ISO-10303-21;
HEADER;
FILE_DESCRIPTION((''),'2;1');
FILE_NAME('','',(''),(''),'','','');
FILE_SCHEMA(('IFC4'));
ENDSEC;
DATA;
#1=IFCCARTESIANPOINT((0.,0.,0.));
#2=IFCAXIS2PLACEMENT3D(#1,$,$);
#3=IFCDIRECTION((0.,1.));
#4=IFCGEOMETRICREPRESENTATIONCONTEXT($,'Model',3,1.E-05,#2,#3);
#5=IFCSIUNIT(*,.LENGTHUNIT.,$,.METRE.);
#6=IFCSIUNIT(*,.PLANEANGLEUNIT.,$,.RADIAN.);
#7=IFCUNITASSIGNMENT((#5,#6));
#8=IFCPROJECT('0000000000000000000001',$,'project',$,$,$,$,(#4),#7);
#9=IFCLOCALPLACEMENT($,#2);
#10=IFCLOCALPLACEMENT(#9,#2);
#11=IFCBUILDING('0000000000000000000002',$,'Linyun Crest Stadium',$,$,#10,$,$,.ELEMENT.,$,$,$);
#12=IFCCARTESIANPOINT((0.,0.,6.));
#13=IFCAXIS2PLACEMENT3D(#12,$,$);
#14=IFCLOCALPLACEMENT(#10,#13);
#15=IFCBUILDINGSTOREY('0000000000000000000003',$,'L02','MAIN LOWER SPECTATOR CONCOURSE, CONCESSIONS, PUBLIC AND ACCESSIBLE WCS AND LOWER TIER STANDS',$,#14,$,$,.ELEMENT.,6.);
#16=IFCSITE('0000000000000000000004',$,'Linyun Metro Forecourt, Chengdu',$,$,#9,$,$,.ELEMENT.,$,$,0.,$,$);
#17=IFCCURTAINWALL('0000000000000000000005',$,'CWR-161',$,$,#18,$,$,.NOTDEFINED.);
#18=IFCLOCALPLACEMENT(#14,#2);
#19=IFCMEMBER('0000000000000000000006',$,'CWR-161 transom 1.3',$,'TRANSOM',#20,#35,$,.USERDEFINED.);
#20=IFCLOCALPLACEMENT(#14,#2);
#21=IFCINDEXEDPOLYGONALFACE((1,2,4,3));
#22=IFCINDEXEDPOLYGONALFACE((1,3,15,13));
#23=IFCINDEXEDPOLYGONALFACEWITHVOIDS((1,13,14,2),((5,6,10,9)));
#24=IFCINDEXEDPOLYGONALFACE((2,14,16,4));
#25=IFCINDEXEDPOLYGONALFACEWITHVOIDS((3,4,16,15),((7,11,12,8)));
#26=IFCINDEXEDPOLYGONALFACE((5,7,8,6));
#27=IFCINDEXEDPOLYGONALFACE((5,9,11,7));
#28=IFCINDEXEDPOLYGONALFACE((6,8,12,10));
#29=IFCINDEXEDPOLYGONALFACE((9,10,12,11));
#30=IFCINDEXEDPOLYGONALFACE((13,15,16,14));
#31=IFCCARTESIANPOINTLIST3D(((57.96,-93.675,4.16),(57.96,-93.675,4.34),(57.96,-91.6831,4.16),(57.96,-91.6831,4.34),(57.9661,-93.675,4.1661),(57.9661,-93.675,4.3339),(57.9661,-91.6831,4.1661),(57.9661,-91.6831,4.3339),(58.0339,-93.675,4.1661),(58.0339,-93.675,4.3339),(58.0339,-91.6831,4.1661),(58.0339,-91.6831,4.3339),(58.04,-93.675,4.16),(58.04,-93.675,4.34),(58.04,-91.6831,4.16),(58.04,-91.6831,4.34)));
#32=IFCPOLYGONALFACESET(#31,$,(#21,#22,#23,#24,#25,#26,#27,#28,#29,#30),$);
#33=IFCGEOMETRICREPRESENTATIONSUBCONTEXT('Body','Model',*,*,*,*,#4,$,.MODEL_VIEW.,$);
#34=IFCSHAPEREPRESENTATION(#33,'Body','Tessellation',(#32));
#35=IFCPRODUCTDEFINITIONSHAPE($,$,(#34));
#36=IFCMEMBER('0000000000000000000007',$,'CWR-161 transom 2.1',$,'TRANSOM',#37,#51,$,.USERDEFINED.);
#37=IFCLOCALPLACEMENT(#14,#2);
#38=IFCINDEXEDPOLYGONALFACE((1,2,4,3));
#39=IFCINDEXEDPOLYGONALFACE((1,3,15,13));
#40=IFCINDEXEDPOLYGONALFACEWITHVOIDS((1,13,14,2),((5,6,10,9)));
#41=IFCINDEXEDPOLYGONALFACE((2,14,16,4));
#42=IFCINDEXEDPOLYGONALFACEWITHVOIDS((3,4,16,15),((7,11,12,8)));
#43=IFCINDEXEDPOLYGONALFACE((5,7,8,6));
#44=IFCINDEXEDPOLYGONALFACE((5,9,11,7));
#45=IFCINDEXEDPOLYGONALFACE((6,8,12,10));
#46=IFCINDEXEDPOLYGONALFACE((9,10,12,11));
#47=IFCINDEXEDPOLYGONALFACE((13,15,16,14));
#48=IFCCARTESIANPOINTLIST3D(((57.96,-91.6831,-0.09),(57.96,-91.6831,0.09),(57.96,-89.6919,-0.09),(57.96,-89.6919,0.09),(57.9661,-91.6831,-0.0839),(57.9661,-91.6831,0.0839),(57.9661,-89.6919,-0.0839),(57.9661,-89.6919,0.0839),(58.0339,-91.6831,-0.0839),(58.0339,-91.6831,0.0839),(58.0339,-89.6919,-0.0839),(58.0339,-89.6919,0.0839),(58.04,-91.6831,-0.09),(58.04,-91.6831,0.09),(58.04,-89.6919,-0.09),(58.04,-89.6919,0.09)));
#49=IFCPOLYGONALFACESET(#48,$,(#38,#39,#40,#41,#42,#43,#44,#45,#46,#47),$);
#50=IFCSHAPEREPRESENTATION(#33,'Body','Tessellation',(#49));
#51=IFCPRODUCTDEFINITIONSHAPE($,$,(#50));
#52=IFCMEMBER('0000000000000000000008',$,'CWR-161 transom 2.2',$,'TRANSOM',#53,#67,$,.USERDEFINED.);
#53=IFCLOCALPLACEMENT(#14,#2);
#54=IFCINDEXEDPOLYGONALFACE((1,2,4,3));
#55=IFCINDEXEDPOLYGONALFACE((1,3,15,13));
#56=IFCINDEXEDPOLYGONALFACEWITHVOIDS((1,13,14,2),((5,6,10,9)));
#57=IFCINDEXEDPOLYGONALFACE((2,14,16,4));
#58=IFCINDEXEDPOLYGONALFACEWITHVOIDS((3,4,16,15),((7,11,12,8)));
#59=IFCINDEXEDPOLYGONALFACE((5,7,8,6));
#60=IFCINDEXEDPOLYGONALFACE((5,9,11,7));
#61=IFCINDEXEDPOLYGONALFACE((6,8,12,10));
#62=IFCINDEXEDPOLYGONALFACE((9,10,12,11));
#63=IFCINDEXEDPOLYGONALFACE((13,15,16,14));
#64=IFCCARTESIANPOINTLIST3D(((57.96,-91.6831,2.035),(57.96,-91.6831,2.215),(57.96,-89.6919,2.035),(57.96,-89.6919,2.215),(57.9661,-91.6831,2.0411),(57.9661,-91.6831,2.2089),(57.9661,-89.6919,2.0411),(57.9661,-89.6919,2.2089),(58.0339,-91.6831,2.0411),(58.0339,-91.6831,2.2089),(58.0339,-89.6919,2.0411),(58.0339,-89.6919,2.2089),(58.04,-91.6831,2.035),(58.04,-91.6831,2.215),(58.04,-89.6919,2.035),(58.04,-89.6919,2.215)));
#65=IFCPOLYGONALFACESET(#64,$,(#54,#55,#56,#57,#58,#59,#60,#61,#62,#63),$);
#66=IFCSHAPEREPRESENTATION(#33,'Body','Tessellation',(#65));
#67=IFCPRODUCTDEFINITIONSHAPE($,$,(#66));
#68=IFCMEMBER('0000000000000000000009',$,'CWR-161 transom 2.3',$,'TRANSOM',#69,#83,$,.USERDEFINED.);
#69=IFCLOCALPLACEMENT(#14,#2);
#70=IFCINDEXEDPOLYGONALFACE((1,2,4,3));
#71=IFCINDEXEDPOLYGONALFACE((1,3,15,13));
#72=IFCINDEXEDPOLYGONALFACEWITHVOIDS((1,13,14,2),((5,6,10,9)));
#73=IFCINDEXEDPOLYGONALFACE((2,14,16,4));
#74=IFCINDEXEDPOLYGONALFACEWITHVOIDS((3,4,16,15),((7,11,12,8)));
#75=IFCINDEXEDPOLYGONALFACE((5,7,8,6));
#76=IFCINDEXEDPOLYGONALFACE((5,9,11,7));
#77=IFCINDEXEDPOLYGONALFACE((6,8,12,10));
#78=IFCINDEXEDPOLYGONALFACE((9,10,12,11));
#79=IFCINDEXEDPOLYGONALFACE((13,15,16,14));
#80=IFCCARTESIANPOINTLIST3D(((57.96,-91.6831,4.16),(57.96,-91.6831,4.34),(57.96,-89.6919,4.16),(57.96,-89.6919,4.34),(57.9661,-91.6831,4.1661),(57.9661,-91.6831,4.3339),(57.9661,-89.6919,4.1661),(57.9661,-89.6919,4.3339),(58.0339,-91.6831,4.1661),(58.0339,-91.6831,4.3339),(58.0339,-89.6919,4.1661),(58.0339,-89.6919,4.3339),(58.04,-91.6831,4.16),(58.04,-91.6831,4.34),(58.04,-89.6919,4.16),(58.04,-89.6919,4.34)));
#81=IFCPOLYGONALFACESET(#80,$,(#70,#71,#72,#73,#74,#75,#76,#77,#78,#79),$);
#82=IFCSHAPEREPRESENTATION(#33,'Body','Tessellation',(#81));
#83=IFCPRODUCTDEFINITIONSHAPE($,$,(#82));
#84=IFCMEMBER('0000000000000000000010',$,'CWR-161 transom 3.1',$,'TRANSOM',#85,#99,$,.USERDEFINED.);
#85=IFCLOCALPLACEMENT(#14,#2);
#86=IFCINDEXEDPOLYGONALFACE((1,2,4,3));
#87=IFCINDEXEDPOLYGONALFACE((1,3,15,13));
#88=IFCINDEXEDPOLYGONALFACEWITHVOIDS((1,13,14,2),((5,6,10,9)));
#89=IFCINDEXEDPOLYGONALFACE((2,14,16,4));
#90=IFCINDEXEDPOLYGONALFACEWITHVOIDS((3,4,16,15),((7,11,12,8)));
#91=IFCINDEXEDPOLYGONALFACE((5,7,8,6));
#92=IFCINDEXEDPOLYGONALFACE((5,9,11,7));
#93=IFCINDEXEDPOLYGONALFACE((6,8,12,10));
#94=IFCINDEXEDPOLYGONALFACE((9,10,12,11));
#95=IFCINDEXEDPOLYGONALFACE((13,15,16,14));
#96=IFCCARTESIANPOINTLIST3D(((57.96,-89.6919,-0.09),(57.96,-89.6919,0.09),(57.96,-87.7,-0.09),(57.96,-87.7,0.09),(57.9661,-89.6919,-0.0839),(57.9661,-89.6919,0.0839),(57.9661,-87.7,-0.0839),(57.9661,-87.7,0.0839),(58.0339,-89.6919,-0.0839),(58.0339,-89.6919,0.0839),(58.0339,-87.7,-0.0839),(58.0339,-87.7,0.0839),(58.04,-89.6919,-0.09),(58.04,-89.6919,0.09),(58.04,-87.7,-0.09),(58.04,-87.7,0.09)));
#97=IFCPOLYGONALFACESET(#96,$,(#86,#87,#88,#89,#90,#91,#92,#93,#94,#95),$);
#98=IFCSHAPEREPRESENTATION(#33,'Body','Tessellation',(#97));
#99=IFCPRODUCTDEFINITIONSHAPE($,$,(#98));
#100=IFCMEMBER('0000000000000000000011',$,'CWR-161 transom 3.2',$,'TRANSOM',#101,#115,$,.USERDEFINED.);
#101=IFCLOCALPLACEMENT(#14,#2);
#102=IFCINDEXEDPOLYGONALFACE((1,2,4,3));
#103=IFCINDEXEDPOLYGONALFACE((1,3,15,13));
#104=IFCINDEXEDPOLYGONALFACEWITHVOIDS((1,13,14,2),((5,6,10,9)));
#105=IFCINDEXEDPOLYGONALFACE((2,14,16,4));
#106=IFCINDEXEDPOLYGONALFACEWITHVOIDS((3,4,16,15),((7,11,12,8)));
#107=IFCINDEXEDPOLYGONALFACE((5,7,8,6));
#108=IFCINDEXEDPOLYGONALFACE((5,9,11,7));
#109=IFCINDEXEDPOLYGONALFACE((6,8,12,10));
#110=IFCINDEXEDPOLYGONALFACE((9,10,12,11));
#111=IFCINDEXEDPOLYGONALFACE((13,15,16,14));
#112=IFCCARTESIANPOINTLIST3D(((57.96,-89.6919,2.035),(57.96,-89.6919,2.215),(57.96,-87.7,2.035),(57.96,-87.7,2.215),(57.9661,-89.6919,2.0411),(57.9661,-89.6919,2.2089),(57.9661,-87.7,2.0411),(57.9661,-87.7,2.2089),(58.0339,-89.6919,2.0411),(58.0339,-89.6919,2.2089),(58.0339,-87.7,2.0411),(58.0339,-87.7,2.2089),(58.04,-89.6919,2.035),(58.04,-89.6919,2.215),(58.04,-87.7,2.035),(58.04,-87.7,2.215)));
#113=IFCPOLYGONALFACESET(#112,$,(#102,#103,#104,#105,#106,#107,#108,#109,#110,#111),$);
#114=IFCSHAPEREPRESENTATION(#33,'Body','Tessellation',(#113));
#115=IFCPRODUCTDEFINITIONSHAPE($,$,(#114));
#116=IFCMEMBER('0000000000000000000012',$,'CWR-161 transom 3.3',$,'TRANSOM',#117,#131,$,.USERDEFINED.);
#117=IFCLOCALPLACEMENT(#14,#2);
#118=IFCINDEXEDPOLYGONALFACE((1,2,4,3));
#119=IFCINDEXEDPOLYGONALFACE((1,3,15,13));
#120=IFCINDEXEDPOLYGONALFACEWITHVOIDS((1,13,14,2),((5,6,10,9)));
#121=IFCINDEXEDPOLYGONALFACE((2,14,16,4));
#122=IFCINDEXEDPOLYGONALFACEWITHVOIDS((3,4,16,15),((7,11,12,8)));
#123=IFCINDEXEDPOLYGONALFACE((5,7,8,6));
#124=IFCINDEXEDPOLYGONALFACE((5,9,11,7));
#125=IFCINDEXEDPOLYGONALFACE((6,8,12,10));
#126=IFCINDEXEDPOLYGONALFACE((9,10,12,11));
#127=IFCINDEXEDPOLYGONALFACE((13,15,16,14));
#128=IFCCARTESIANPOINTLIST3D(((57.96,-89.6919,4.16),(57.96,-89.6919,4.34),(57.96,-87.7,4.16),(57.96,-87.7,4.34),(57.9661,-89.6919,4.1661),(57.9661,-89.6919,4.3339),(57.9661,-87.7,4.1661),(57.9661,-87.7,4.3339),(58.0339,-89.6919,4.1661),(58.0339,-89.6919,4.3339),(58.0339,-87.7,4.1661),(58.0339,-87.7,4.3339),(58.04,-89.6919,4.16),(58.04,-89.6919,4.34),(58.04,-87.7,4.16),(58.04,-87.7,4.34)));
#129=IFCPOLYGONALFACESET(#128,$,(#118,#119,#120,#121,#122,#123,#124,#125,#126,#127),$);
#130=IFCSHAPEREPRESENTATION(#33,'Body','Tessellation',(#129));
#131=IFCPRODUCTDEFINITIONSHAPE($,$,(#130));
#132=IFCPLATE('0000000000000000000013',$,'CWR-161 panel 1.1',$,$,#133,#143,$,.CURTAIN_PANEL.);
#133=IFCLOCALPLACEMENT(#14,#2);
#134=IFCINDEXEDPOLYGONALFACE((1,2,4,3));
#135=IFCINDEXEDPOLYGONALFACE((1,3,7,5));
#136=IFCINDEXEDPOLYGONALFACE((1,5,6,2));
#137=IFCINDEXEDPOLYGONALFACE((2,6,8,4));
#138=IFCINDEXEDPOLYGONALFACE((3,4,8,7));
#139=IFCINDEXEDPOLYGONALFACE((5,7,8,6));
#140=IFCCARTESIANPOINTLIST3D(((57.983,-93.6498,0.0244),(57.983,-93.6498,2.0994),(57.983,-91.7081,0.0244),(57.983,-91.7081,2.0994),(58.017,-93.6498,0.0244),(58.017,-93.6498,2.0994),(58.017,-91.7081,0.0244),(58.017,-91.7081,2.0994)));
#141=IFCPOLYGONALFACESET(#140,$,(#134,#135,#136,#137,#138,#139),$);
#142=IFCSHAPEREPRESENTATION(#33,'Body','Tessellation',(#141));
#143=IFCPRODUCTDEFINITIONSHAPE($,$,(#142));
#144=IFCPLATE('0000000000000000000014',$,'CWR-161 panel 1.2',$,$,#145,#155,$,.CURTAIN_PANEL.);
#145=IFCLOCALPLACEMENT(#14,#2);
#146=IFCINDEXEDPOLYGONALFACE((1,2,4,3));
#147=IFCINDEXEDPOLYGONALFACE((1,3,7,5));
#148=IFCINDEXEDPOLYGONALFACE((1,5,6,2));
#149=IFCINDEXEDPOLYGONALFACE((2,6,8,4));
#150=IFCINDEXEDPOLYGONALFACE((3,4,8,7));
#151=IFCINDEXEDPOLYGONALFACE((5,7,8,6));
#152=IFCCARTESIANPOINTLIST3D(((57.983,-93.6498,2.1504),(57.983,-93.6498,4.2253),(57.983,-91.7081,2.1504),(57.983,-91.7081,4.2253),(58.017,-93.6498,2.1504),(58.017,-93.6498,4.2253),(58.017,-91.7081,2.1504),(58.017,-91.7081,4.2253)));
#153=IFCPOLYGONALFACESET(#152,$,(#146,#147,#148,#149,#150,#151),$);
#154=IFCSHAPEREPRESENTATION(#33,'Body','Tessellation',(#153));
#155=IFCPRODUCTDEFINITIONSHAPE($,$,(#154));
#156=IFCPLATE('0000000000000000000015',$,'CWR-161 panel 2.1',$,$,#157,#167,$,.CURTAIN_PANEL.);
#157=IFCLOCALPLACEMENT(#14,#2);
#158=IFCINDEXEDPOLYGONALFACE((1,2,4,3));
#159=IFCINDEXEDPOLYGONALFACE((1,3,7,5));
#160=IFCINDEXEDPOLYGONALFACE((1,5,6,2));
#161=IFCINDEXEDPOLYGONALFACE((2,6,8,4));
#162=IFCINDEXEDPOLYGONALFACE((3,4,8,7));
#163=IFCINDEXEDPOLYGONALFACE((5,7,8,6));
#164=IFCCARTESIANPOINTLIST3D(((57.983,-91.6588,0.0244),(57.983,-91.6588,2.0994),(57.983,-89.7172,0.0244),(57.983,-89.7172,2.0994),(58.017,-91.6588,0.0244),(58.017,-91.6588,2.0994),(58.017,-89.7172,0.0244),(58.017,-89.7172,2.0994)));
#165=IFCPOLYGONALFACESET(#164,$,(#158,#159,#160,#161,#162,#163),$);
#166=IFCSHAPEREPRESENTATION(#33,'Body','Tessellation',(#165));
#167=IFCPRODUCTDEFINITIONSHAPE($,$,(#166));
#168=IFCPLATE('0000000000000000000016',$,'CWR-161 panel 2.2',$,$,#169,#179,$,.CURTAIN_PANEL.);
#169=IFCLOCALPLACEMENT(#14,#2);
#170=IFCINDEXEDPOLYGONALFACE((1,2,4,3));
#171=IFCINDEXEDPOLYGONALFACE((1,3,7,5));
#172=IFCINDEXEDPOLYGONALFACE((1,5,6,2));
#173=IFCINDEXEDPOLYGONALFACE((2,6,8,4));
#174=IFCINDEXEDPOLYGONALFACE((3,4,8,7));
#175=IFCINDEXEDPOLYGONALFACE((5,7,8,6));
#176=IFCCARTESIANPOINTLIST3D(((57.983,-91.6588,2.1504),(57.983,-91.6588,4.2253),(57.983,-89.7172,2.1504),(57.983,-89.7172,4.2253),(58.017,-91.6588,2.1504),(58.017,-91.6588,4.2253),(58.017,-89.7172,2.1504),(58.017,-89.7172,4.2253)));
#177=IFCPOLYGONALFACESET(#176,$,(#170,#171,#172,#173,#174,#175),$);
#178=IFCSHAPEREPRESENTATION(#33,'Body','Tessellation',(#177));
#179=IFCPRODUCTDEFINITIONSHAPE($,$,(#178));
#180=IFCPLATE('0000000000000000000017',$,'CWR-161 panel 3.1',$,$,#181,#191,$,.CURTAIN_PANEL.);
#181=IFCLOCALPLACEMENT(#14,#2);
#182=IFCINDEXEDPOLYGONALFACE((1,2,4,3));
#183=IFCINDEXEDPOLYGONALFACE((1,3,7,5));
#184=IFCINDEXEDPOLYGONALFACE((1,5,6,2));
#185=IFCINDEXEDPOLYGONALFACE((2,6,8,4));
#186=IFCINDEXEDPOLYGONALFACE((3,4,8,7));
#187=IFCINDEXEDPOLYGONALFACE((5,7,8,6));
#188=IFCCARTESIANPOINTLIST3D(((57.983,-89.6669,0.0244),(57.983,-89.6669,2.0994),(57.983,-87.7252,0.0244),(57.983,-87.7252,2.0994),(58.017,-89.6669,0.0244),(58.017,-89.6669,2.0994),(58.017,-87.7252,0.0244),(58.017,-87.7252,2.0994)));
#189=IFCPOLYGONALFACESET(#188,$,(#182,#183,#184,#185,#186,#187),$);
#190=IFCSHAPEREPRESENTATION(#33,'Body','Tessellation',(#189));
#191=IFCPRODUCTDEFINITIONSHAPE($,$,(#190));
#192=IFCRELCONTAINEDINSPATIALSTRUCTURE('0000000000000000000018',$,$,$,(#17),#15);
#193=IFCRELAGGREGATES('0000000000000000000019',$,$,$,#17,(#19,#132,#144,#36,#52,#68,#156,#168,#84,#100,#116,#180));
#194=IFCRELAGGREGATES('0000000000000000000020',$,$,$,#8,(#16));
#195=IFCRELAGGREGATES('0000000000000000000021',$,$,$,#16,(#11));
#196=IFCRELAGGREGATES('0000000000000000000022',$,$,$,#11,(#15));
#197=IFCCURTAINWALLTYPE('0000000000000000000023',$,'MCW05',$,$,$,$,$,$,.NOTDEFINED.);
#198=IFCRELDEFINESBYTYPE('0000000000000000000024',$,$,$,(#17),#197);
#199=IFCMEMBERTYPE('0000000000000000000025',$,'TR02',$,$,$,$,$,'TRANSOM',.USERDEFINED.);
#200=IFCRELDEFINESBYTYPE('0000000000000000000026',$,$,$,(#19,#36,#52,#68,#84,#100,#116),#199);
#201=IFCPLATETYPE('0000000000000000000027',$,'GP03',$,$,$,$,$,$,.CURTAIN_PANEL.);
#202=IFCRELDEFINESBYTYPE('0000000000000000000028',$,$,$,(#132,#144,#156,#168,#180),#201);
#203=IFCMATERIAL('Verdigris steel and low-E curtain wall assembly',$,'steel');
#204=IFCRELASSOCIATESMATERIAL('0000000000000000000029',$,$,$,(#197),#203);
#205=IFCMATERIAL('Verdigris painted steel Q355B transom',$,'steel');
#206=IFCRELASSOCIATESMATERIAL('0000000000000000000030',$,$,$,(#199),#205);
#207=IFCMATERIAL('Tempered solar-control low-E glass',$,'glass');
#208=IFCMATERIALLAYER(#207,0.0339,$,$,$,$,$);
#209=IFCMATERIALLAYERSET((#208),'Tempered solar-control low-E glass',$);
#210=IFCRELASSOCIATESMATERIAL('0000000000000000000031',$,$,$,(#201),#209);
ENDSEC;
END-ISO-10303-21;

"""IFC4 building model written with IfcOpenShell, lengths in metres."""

from ifc_helpers import new_model, si_unit, direction, frame, origin, origin_2d, place, context, subcontext, project, spatial, rectangle, hollow_rectangle, extrude, material, layer, layer_set, material_profile, profile_set, type_object, element, aggregate, save


model = new_model("IFC4")

# Units and contexts
model_context = context("Model", 3, precision=1e-05, world=origin(), true_north=direction((0.0, 1.0)))
body_context = subcontext(model_context, "Body", "Model", "MODEL_VIEW")
ifc_project = project(units=[si_unit("LENGTHUNIT", "METRE"), si_unit("PLANEANGLEUNIT", "RADIAN")], contexts=[model_context])

# Site, building, storey
site_placement = place(None, origin())
site = spatial("IfcSite", under=ifc_project, at=site_placement, Name="Linyun Metro Forecourt, Chengdu", CompositionType="ELEMENT", RefElevation=0.0)
building_placement = place(site_placement, origin())
building = spatial("IfcBuilding", under=site, at=building_placement, Name="Linyun Crest Stadium", CompositionType="ELEMENT")
storey_placement = place(building_placement, frame((0.0, 0.0, 6.0)))
storey = spatial("IfcBuildingStorey", under=building, at=storey_placement, Name="L02", Description="MAIN LOWER SPECTATOR CONCOURSE, CONCESSIONS, PUBLIC AND ACCESSIBLE WCS AND LOWER TIER STANDS", CompositionType="ELEMENT", Elevation=6.0)

# Curtain wall, members, plates
ifc_material_1 = material(Name="Verdigris steel and low-E curtain wall assembly", Category="steel")
curtain_wall_type = type_object("IfcCurtainWallType", Name="MCW05", PredefinedType="NOTDEFINED", material=ifc_material_1)
curtain_wall_placement = place(storey_placement, origin())
curtain_wall = element("IfcCurtainWall", 1, at=curtain_wall_placement, inside=storey, type_object=curtain_wall_type, Name="CWR-161", PredefinedType="NOTDEFINED")
ifc_material_2 = material(Name="Verdigris painted steel Q355B transom", Category="steel")
ifc_material_profile_1 = material_profile(ifc_material_2, hollow_rectangle(XDim=0.0801, YDim=0.1799, WallThickness=0.0061, at=origin_2d()), Name="RHS 180x80x6")
ifc_profile_set_1 = profile_set([ifc_material_profile_1], Name="Verdigris painted steel Q355B transom")
member_type_1 = type_object("IfcMemberType", Name="TR02", ElementType="TRANSOM", PredefinedType="USERDEFINED", material=ifc_profile_set_1)
member_1_placement = place(storey_placement, frame((58.0, -93.675, 4.25), z_axis=(0.0, 1.0, 0.0), x_axis=(-1.0, 0.0, 0.0)))
member_1 = element("IfcMember", 2, at=member_1_placement, type_object=member_type_1, Name="CWR-161 transom 1.3", ObjectType="TRANSOM", PredefinedType="USERDEFINED", context=body_context, shape_type="SweptSolid", body=[
    extrude(hollow_rectangle(XDim=0.0801, YDim=0.1799, WallThickness=0.0061, at=origin_2d()), origin(), (0.0, 0.0, 1.0), 1.9919),
])
member_2_placement = place(storey_placement, frame((58.0, -91.6831, 0.0), z_axis=(0.0, 1.0, 0.0), x_axis=(-1.0, 0.0, 0.0)))
member_2 = element("IfcMember", 3, at=member_2_placement, type_object=member_type_1, Name="CWR-161 transom 2.1", ObjectType="TRANSOM", PredefinedType="USERDEFINED", context=body_context, shape_type="SweptSolid", body=[
    extrude(hollow_rectangle(XDim=0.0801, YDim=0.1799, WallThickness=0.0061, at=origin_2d()), origin(), (0.0, 0.0, 1.0), 1.9912),
])
member_3_placement = place(storey_placement, frame((58.0, -91.6831, 2.125), z_axis=(0.0, 1.0, 0.0), x_axis=(-1.0, 0.0, 0.0)))
member_3 = element("IfcMember", 4, at=member_3_placement, type_object=member_type_1, Name="CWR-161 transom 2.2", ObjectType="TRANSOM", PredefinedType="USERDEFINED", context=body_context, shape_type="SweptSolid", body=[
    extrude(hollow_rectangle(XDim=0.0801, YDim=0.1799, WallThickness=0.0061, at=origin_2d()), origin(), (0.0, 0.0, 1.0), 1.9912),
])
member_4_placement = place(storey_placement, frame((58.0, -91.6831, 4.25), z_axis=(0.0, 1.0, 0.0), x_axis=(-1.0, 0.0, 0.0)))
member_4 = element("IfcMember", 5, at=member_4_placement, type_object=member_type_1, Name="CWR-161 transom 2.3", ObjectType="TRANSOM", PredefinedType="USERDEFINED", context=body_context, shape_type="SweptSolid", body=[
    extrude(hollow_rectangle(XDim=0.0801, YDim=0.1799, WallThickness=0.0061, at=origin_2d()), origin(), (0.0, 0.0, 1.0), 1.9912),
])
member_5_placement = place(storey_placement, frame((58.0, -89.6919, 0.0), z_axis=(0.0, 1.0, 0.0), x_axis=(-1.0, 0.0, 0.0)))
member_5 = element("IfcMember", 6, at=member_5_placement, type_object=member_type_1, Name="CWR-161 transom 3.1", ObjectType="TRANSOM", PredefinedType="USERDEFINED", context=body_context, shape_type="SweptSolid", body=[
    extrude(hollow_rectangle(XDim=0.0801, YDim=0.1799, WallThickness=0.0061, at=origin_2d()), origin(), (0.0, 0.0, 1.0), 1.9919),
])
member_6_placement = place(storey_placement, frame((58.0, -89.6919, 2.125), z_axis=(0.0, 1.0, 0.0), x_axis=(-1.0, 0.0, 0.0)))
member_6 = element("IfcMember", 7, at=member_6_placement, type_object=member_type_1, Name="CWR-161 transom 3.2", ObjectType="TRANSOM", PredefinedType="USERDEFINED", context=body_context, shape_type="SweptSolid", body=[
    extrude(hollow_rectangle(XDim=0.0801, YDim=0.1799, WallThickness=0.0061, at=origin_2d()), origin(), (0.0, 0.0, 1.0), 1.9919),
])
member_7_placement = place(storey_placement, frame((58.0, -89.6919, 4.25), z_axis=(0.0, 1.0, 0.0), x_axis=(-1.0, 0.0, 0.0)))
member_7 = element("IfcMember", 8, at=member_7_placement, type_object=member_type_1, Name="CWR-161 transom 3.3", ObjectType="TRANSOM", PredefinedType="USERDEFINED", context=body_context, shape_type="SweptSolid", body=[
    extrude(hollow_rectangle(XDim=0.0801, YDim=0.1799, WallThickness=0.0061, at=origin_2d()), origin(), (0.0, 0.0, 1.0), 1.9919),
])
ifc_material_3 = material(Name="Tempered solar-control low-E glass", Category="glass")
ifc_layer_1 = layer(ifc_material_3, 0.0339)
ifc_layer_set_1 = layer_set([ifc_layer_1], Name="Tempered solar-control low-E glass")
plate_type = type_object("IfcPlateType", Name="GP03", PredefinedType="CURTAIN_PANEL", material=ifc_layer_set_1)
plate_1_placement = place(storey_placement, frame((58.0, -92.679, 0.0244), z_axis=(0.0, 0.0, 1.0), x_axis=(0.0, 1.0, 0.0)))
plate_1 = element("IfcPlate", 9, at=plate_1_placement, type_object=plate_type, Name="CWR-161 panel 1.1", PredefinedType="CURTAIN_PANEL", context=body_context, shape_type="SweptSolid", body=[
    extrude(rectangle(XDim=1.9417, YDim=0.0339, at=origin_2d()), origin(), (0.0, 0.0, 1.0), 2.075),
])
plate_2_placement = place(storey_placement, frame((58.0, -92.679, 2.1504), z_axis=(0.0, 0.0, 1.0), x_axis=(0.0, 1.0, 0.0)))
plate_2 = element("IfcPlate", 10, at=plate_2_placement, type_object=plate_type, Name="CWR-161 panel 1.2", PredefinedType="CURTAIN_PANEL", context=body_context, shape_type="SweptSolid", body=[
    extrude(rectangle(XDim=1.9417, YDim=0.0339, at=origin_2d()), origin(), (0.0, 0.0, 1.0), 2.075),
])
plate_3_placement = place(storey_placement, frame((58.0, -90.688, 0.0244), z_axis=(0.0, 0.0, 1.0), x_axis=(0.0, 1.0, 0.0)))
plate_3 = element("IfcPlate", 11, at=plate_3_placement, type_object=plate_type, Name="CWR-161 panel 2.1", PredefinedType="CURTAIN_PANEL", context=body_context, shape_type="SweptSolid", body=[
    extrude(rectangle(XDim=1.9417, YDim=0.0339, at=origin_2d()), origin(), (0.0, 0.0, 1.0), 2.075),
])
plate_4_placement = place(storey_placement, frame((58.0, -90.688, 2.1504), z_axis=(0.0, 0.0, 1.0), x_axis=(0.0, 1.0, 0.0)))
plate_4 = element("IfcPlate", 12, at=plate_4_placement, type_object=plate_type, Name="CWR-161 panel 2.2", PredefinedType="CURTAIN_PANEL", context=body_context, shape_type="SweptSolid", body=[
    extrude(rectangle(XDim=1.9417, YDim=0.0339, at=origin_2d()), origin(), (0.0, 0.0, 1.0), 2.075),
])
plate_5_placement = place(storey_placement, frame((58.0, -88.696, 0.0244), z_axis=(0.0, 0.0, 1.0), x_axis=(0.0, 1.0, 0.0)))
plate_5 = element("IfcPlate", 13, at=plate_5_placement, type_object=plate_type, Name="CWR-161 panel 3.1", PredefinedType="CURTAIN_PANEL", context=body_context, shape_type="SweptSolid", body=[
    extrude(rectangle(XDim=1.9417, YDim=0.0339, at=origin_2d()), origin(), (0.0, 0.0, 1.0), 2.075),
])
aggregate(curtain_wall, [member_1, plate_1, plate_2, member_2, member_3, member_4, plate_3, plate_4, member_5, member_6, member_7, plate_5])

save(model, "model.ifc")
